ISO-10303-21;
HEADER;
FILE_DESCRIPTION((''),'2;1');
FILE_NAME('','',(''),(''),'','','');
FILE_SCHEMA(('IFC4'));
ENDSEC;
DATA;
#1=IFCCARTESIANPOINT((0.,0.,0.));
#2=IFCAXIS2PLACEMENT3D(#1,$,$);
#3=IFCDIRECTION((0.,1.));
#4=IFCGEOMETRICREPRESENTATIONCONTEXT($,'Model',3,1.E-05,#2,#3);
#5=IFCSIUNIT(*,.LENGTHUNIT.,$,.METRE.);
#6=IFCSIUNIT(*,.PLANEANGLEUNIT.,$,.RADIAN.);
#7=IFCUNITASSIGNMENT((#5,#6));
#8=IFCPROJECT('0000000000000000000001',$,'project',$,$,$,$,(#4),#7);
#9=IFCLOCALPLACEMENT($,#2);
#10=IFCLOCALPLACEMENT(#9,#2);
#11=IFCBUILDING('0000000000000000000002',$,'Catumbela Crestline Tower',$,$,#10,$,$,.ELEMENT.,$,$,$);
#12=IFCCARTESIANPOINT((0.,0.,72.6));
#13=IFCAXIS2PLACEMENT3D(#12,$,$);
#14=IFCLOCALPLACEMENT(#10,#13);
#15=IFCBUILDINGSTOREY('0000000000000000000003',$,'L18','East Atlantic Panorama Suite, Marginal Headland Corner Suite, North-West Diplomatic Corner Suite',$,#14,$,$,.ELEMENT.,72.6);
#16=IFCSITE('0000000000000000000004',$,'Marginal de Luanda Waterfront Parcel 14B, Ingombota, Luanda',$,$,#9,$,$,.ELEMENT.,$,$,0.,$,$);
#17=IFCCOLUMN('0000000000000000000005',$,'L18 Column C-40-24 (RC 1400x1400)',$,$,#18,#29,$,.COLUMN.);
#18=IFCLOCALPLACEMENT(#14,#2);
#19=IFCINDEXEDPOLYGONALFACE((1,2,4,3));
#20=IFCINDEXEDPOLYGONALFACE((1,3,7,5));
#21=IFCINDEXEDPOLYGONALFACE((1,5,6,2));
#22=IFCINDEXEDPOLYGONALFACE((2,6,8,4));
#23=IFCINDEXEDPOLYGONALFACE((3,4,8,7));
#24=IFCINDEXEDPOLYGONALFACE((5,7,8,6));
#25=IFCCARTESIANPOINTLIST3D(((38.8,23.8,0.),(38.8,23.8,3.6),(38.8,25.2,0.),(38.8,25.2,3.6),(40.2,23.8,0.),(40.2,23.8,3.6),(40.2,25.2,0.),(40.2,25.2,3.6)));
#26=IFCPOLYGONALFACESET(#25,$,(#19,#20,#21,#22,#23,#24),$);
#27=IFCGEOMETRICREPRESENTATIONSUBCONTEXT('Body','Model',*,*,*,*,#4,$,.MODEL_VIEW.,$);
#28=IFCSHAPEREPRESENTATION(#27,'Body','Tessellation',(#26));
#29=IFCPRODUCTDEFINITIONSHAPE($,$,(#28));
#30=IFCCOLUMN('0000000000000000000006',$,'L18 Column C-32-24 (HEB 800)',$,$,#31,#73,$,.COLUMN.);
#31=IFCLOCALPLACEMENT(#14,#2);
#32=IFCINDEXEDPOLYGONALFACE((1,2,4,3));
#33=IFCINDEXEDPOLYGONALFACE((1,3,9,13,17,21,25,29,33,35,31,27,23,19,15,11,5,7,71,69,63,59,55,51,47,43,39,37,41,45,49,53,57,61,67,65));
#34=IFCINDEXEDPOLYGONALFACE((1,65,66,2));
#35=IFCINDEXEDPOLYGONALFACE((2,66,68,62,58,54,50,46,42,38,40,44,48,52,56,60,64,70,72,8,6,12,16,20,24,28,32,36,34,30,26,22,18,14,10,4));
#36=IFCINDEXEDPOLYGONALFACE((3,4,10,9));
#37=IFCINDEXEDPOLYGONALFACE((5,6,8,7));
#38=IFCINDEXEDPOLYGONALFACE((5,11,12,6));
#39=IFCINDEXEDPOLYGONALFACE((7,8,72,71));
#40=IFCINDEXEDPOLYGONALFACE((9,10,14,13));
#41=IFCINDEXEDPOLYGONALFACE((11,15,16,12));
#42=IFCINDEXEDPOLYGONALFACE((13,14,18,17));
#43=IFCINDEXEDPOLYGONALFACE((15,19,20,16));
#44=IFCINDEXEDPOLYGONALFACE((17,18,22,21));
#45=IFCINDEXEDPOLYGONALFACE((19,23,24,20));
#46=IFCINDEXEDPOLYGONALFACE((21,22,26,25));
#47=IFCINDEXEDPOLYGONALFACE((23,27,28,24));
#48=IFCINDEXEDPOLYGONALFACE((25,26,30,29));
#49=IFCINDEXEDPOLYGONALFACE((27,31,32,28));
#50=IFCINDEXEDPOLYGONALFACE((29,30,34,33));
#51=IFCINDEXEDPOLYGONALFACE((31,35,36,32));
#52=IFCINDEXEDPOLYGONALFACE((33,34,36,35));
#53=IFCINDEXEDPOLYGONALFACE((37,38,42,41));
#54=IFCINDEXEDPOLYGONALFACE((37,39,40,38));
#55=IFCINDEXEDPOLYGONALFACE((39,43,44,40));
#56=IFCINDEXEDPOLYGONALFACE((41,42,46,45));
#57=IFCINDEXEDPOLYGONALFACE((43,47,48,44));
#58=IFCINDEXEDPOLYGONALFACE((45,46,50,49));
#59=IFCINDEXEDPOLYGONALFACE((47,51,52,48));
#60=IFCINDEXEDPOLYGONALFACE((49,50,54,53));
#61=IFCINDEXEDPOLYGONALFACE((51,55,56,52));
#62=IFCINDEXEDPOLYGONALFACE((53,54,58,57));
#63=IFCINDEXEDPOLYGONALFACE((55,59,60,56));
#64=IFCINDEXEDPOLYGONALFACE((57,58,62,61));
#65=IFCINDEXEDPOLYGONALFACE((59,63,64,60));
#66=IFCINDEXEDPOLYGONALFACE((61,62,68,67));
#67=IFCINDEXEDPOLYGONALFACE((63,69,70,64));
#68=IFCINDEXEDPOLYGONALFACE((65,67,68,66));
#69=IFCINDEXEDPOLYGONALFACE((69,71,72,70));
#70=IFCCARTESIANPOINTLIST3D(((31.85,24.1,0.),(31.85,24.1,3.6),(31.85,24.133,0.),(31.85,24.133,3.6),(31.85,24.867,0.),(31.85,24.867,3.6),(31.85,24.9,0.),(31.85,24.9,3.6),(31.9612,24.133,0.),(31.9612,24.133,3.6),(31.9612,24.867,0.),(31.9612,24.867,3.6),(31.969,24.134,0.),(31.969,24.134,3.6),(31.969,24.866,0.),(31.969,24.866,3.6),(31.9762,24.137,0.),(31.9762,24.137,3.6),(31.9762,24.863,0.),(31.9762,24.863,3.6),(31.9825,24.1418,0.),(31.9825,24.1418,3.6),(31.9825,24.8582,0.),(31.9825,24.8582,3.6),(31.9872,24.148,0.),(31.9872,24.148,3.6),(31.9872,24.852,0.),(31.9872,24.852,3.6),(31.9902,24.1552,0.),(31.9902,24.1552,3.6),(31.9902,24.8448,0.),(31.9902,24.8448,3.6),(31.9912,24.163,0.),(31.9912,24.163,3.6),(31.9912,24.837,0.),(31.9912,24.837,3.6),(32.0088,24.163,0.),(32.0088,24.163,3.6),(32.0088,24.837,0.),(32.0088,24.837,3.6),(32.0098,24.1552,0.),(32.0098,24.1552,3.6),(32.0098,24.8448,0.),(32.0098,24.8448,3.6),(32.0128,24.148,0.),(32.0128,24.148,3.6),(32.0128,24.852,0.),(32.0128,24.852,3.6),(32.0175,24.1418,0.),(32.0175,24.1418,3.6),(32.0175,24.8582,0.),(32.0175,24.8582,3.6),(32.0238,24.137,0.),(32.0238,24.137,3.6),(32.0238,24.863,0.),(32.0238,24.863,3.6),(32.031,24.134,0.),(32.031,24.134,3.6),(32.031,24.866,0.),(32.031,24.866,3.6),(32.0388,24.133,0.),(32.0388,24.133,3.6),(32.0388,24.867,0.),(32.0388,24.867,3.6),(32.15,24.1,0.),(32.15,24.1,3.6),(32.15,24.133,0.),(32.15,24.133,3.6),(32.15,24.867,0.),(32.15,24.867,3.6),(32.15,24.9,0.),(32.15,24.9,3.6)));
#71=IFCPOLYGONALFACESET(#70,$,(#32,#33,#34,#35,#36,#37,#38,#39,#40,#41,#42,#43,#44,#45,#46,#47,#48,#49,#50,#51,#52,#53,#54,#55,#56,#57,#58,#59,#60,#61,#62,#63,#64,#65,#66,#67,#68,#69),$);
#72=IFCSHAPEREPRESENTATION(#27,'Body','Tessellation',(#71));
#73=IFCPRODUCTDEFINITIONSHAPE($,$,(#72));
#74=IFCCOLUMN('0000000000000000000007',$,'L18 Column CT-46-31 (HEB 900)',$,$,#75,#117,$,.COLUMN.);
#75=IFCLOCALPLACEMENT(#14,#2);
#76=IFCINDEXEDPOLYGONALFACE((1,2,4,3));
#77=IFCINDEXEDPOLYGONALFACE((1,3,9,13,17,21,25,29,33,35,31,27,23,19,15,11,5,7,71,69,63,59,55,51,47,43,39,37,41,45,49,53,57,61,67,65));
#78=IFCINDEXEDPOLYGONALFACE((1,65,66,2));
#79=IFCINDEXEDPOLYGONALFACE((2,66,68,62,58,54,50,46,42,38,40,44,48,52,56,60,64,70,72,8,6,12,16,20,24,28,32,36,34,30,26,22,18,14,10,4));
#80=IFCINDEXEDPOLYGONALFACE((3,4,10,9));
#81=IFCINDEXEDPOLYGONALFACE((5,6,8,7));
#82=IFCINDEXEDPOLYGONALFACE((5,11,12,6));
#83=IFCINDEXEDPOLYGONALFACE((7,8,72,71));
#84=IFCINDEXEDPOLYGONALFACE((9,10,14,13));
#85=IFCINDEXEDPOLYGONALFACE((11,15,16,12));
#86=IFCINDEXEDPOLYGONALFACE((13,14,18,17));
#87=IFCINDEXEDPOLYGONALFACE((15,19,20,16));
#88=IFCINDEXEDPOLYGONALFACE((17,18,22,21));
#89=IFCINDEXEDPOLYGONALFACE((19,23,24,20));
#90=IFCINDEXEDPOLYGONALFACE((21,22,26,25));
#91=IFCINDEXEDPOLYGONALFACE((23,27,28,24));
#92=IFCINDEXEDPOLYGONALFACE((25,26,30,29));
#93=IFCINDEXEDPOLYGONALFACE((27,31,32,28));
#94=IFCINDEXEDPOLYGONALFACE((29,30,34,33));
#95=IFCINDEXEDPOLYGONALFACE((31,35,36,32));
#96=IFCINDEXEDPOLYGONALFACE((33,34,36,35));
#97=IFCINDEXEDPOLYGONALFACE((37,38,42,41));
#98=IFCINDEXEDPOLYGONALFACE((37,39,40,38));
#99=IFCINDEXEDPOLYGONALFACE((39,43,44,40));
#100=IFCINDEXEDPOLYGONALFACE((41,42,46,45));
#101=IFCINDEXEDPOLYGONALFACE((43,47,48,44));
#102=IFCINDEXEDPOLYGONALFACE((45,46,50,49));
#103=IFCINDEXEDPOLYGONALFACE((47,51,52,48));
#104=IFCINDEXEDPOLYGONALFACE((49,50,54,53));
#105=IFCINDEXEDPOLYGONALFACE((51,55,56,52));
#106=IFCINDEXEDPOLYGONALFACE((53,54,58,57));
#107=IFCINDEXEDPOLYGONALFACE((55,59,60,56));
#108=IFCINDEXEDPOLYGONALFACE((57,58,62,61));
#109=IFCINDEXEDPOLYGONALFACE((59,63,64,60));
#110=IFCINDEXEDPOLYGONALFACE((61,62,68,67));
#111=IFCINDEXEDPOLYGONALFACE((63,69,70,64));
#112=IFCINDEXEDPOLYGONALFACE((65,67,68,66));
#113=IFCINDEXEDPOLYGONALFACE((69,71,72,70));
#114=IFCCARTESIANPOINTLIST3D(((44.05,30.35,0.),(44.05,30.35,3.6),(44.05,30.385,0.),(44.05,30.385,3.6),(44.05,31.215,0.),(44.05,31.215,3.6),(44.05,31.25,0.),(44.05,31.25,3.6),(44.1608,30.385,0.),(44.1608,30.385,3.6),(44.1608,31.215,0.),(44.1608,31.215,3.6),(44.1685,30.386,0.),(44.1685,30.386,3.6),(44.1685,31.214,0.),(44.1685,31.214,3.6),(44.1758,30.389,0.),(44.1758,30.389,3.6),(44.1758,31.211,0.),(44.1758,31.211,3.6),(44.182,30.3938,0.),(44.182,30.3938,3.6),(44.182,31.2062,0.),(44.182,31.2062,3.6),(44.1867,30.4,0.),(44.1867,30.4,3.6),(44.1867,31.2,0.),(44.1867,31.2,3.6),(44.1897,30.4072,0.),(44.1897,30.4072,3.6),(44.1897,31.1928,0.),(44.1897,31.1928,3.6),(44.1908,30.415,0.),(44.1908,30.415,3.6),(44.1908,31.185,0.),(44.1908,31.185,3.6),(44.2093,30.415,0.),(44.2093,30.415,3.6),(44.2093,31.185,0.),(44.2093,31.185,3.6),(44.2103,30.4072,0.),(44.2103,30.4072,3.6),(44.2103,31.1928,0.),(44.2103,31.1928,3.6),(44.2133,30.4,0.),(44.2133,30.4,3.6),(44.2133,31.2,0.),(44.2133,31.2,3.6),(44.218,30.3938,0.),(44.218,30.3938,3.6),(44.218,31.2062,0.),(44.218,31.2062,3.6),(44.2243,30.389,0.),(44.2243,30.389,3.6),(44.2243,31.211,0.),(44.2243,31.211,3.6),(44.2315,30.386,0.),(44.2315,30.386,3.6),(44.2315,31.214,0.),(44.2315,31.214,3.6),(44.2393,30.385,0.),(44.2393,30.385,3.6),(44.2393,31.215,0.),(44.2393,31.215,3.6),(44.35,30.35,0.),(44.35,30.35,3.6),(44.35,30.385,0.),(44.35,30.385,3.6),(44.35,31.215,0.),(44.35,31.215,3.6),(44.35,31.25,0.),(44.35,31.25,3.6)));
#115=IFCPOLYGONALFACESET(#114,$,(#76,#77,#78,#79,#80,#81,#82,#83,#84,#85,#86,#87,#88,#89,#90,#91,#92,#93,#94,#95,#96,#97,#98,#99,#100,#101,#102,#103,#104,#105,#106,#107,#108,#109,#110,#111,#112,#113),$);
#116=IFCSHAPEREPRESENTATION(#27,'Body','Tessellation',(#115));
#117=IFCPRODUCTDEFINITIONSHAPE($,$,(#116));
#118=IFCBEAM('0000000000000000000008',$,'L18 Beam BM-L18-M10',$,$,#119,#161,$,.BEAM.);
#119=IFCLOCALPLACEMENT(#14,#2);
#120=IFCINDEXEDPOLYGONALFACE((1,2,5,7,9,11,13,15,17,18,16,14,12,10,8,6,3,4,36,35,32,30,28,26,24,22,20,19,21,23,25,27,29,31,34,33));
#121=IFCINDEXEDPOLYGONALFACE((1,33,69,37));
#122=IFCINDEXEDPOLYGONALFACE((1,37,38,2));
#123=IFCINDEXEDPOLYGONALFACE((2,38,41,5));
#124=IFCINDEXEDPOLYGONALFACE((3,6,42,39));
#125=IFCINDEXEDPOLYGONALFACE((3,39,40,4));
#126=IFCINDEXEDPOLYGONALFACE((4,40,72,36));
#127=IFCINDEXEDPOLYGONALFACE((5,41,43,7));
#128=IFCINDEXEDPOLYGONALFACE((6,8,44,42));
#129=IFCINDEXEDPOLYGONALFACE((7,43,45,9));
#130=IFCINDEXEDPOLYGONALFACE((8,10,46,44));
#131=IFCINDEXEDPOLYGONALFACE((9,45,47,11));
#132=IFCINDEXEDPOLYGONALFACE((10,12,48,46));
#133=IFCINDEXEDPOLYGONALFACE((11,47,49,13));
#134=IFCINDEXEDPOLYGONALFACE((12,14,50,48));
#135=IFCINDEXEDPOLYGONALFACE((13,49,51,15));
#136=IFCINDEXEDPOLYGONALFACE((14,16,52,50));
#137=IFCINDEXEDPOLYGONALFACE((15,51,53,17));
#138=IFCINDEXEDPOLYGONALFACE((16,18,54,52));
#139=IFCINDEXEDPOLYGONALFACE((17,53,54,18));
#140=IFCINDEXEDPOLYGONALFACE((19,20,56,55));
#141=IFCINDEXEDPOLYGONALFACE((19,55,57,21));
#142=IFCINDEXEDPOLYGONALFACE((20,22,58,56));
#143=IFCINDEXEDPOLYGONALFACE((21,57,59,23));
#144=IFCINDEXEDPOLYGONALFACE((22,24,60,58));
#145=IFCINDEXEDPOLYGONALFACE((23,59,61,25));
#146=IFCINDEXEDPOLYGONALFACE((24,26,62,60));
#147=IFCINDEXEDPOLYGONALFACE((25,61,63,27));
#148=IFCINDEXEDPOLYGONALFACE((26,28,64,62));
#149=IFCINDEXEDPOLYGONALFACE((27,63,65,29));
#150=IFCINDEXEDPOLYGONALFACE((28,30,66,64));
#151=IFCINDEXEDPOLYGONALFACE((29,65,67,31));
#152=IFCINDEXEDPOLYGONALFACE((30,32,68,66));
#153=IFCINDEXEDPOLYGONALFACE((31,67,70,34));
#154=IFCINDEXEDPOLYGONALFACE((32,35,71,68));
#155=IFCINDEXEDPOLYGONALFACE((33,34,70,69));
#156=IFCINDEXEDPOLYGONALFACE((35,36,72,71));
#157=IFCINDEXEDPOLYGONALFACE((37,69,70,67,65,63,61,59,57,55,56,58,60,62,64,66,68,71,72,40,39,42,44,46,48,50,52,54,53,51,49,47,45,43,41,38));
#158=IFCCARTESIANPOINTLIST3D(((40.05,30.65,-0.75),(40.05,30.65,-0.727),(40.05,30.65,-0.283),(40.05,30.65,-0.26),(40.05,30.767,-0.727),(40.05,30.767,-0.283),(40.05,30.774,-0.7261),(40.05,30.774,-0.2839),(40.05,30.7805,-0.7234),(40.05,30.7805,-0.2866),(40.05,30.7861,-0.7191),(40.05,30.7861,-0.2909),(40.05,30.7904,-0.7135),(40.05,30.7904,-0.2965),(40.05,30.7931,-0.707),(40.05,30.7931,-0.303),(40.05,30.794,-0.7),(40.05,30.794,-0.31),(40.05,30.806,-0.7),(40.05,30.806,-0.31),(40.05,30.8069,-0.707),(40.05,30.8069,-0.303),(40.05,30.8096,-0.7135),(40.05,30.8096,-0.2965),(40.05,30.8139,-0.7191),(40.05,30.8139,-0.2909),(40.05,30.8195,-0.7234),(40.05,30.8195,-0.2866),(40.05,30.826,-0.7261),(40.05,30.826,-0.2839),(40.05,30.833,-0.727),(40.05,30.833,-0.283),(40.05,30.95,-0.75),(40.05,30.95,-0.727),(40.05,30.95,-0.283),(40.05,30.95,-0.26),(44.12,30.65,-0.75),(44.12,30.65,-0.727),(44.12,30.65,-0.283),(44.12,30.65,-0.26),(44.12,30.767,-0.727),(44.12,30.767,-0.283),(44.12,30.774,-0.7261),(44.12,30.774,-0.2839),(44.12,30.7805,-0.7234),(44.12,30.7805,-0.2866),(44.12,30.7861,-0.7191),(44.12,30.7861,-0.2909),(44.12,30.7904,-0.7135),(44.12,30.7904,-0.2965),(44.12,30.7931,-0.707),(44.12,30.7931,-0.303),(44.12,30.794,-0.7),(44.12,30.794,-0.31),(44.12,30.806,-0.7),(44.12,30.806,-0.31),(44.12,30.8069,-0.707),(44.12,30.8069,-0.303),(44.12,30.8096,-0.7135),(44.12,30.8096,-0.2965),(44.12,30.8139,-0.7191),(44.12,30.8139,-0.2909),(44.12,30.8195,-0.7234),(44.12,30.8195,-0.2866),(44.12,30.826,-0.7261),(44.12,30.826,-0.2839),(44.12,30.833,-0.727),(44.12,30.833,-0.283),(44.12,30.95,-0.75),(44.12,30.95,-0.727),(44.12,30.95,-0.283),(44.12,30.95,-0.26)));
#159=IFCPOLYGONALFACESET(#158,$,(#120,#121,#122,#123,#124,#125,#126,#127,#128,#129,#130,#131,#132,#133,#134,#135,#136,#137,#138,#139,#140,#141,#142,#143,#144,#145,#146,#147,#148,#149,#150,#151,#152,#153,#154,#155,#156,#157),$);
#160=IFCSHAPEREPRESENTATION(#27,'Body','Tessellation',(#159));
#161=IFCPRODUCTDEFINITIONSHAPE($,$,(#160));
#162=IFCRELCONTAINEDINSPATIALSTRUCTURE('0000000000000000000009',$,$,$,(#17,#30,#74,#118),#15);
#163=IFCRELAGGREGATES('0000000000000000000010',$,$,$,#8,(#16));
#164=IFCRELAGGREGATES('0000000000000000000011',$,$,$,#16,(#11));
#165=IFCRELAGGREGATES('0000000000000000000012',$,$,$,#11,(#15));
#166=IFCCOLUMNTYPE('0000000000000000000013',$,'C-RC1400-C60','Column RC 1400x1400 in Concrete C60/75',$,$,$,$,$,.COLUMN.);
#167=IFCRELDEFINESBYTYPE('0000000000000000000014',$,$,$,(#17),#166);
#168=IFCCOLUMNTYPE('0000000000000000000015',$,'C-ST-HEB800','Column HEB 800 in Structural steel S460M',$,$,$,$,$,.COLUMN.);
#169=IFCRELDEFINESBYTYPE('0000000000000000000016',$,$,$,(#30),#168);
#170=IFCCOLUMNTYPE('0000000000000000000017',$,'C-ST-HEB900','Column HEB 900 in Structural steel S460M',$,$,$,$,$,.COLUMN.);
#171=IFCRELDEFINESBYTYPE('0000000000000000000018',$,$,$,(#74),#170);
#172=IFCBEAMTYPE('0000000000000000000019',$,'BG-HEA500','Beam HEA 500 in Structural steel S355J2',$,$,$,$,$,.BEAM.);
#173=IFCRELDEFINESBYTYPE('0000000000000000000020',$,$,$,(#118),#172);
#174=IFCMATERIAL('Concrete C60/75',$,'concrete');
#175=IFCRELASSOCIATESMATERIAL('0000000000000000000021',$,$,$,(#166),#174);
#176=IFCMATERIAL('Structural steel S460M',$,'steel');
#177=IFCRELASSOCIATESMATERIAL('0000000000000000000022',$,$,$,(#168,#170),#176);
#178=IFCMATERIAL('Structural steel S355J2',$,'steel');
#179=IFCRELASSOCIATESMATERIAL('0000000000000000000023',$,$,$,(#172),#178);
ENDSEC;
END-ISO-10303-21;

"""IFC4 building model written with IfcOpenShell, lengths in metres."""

from ifc_helpers import new_model, si_unit, direction, frame, origin, origin_2d, place, context, subcontext, project, spatial, rectangle, i_section, extrude, material, material_profile, profile_set, type_object, element, save


model = new_model("IFC4")

# Units and contexts
model_context = context("Model", 3, precision=1e-05, world=origin(), true_north=direction((0.0, 1.0)))
body_context = subcontext(model_context, "Body", "Model", "MODEL_VIEW")
ifc_project = project(units=[si_unit("LENGTHUNIT", "METRE"), si_unit("PLANEANGLEUNIT", "RADIAN")], contexts=[model_context])

# Site, building, storey
site_placement = place(None, origin())
site = spatial("IfcSite", under=ifc_project, at=site_placement, Name="Marginal de Luanda Waterfront Parcel 14B, Ingombota, Luanda", CompositionType="ELEMENT", RefElevation=0.0)
building_placement = place(site_placement, origin())
building = spatial("IfcBuilding", under=site, at=building_placement, Name="Catumbela Crestline Tower", CompositionType="ELEMENT")
storey_placement = place(building_placement, frame((0.0, 0.0, 72.6)))
storey = spatial("IfcBuildingStorey", under=building, at=storey_placement, Name="L18", Description="East Atlantic Panorama Suite, Marginal Headland Corner Suite, North-West Diplomatic Corner Suite", CompositionType="ELEMENT", Elevation=72.6)

# Columns
ifc_material_1 = material(Name="Concrete C60/75", Category="concrete")
ifc_material_profile_1 = material_profile(ifc_material_1, rectangle(XDim=1.4, YDim=1.4, at=origin_2d()), Name="RC 1400x1400")
ifc_profile_set_1 = profile_set([ifc_material_profile_1], Name="Concrete C60/75")
column_type_1 = type_object("IfcColumnType", Name="C-RC1400-C60", Description="Column RC 1400x1400 in Concrete C60/75", PredefinedType="COLUMN", material=ifc_profile_set_1)
column_1_placement = place(storey_placement, frame((39.5, 24.5, 0.0), z_axis=(0.0, 0.0, 1.0), x_axis=(1.0, 0.0, 0.0)))
element("IfcColumn", 1, at=column_1_placement, inside=storey, type_object=column_type_1, Name="L18 Column C-40-24 (RC 1400x1400)", PredefinedType="COLUMN", context=body_context, shape_type="SweptSolid", body=[
    extrude(rectangle(XDim=1.4, YDim=1.4, at=origin_2d()), origin(), (0.0, 0.0, 1.0), 3.6),
])
ifc_material_2 = material(Name="Structural steel S460M", Category="steel")
ifc_material_profile_2 = material_profile(ifc_material_2, i_section(OverallWidth=0.3, OverallDepth=0.8, WebThickness=0.0175, FlangeThickness=0.033, FilletRadius=0.03, at=origin_2d()), Name="HEB 800")
ifc_profile_set_2 = profile_set([ifc_material_profile_2], Name="Structural steel S460M")
column_type_2 = type_object("IfcColumnType", Name="C-ST-HEB800", Description="Column HEB 800 in Structural steel S460M", PredefinedType="COLUMN", material=ifc_profile_set_2)
column_2_placement = place(storey_placement, frame((32.0, 24.5, 0.0), z_axis=(0.0, 0.0, 1.0), x_axis=(1.0, 0.0, 0.0)))
element("IfcColumn", 2, at=column_2_placement, inside=storey, type_object=column_type_2, Name="L18 Column C-32-24 (HEB 800)", PredefinedType="COLUMN", context=body_context, shape_type="SweptSolid", body=[
    extrude(i_section(OverallWidth=0.3, OverallDepth=0.8, WebThickness=0.0175, FlangeThickness=0.033, FilletRadius=0.03, at=origin_2d()), origin(), (0.0, 0.0, 1.0), 3.6),
])
ifc_material_profile_3 = material_profile(ifc_material_2, i_section(OverallWidth=0.3, OverallDepth=0.9, WebThickness=0.0185, FlangeThickness=0.035, FilletRadius=0.03, at=origin_2d()), Name="HEB 900")
ifc_profile_set_3 = profile_set([ifc_material_profile_3], Name="Structural steel S460M")
column_type_3 = type_object("IfcColumnType", Name="C-ST-HEB900", Description="Column HEB 900 in Structural steel S460M", PredefinedType="COLUMN", material=ifc_profile_set_3)
column_3_placement = place(storey_placement, frame((44.2, 30.8, 0.0), z_axis=(0.0, 0.0, 1.0), x_axis=(1.0, 0.0, 0.0)))
element("IfcColumn", 3, at=column_3_placement, inside=storey, type_object=column_type_3, Name="L18 Column CT-46-31 (HEB 900)", PredefinedType="COLUMN", context=body_context, shape_type="SweptSolid", body=[
    extrude(i_section(OverallWidth=0.3, OverallDepth=0.9, WebThickness=0.0185, FlangeThickness=0.035, FilletRadius=0.03, at=origin_2d()), origin(), (0.0, 0.0, 1.0), 3.6),
])

# Beam
ifc_material_3 = material(Name="Structural steel S355J2", Category="steel")
ifc_material_profile_4 = material_profile(ifc_material_3, i_section(OverallWidth=0.3, OverallDepth=0.49, WebThickness=0.012, FlangeThickness=0.023, FilletRadius=0.027, at=origin_2d()), Name="HEA 500")
ifc_profile_set_4 = profile_set([ifc_material_profile_4], Name="Structural steel S355J2")
beam_type_1 = type_object("IfcBeamType", Name="BG-HEA500", Description="Beam HEA 500 in Structural steel S355J2", PredefinedType="BEAM", material=ifc_profile_set_4)
beam_1_placement = place(storey_placement, frame((40.05, 30.8, -0.505), z_axis=(1.0, 0.0, 0.0), x_axis=(0.0, 1.0, 0.0)))
element("IfcBeam", 4, at=beam_1_placement, inside=storey, type_object=beam_type_1, Name="L18 Beam BM-L18-M10", PredefinedType="BEAM", context=body_context, shape_type="SweptSolid", body=[
    extrude(i_section(OverallWidth=0.3, OverallDepth=0.49, WebThickness=0.012, FlangeThickness=0.023, FilletRadius=0.027, at=origin_2d()), origin(), (0.0, 0.0, 1.0), 4.07),
])

save(model, "model.ifc")
